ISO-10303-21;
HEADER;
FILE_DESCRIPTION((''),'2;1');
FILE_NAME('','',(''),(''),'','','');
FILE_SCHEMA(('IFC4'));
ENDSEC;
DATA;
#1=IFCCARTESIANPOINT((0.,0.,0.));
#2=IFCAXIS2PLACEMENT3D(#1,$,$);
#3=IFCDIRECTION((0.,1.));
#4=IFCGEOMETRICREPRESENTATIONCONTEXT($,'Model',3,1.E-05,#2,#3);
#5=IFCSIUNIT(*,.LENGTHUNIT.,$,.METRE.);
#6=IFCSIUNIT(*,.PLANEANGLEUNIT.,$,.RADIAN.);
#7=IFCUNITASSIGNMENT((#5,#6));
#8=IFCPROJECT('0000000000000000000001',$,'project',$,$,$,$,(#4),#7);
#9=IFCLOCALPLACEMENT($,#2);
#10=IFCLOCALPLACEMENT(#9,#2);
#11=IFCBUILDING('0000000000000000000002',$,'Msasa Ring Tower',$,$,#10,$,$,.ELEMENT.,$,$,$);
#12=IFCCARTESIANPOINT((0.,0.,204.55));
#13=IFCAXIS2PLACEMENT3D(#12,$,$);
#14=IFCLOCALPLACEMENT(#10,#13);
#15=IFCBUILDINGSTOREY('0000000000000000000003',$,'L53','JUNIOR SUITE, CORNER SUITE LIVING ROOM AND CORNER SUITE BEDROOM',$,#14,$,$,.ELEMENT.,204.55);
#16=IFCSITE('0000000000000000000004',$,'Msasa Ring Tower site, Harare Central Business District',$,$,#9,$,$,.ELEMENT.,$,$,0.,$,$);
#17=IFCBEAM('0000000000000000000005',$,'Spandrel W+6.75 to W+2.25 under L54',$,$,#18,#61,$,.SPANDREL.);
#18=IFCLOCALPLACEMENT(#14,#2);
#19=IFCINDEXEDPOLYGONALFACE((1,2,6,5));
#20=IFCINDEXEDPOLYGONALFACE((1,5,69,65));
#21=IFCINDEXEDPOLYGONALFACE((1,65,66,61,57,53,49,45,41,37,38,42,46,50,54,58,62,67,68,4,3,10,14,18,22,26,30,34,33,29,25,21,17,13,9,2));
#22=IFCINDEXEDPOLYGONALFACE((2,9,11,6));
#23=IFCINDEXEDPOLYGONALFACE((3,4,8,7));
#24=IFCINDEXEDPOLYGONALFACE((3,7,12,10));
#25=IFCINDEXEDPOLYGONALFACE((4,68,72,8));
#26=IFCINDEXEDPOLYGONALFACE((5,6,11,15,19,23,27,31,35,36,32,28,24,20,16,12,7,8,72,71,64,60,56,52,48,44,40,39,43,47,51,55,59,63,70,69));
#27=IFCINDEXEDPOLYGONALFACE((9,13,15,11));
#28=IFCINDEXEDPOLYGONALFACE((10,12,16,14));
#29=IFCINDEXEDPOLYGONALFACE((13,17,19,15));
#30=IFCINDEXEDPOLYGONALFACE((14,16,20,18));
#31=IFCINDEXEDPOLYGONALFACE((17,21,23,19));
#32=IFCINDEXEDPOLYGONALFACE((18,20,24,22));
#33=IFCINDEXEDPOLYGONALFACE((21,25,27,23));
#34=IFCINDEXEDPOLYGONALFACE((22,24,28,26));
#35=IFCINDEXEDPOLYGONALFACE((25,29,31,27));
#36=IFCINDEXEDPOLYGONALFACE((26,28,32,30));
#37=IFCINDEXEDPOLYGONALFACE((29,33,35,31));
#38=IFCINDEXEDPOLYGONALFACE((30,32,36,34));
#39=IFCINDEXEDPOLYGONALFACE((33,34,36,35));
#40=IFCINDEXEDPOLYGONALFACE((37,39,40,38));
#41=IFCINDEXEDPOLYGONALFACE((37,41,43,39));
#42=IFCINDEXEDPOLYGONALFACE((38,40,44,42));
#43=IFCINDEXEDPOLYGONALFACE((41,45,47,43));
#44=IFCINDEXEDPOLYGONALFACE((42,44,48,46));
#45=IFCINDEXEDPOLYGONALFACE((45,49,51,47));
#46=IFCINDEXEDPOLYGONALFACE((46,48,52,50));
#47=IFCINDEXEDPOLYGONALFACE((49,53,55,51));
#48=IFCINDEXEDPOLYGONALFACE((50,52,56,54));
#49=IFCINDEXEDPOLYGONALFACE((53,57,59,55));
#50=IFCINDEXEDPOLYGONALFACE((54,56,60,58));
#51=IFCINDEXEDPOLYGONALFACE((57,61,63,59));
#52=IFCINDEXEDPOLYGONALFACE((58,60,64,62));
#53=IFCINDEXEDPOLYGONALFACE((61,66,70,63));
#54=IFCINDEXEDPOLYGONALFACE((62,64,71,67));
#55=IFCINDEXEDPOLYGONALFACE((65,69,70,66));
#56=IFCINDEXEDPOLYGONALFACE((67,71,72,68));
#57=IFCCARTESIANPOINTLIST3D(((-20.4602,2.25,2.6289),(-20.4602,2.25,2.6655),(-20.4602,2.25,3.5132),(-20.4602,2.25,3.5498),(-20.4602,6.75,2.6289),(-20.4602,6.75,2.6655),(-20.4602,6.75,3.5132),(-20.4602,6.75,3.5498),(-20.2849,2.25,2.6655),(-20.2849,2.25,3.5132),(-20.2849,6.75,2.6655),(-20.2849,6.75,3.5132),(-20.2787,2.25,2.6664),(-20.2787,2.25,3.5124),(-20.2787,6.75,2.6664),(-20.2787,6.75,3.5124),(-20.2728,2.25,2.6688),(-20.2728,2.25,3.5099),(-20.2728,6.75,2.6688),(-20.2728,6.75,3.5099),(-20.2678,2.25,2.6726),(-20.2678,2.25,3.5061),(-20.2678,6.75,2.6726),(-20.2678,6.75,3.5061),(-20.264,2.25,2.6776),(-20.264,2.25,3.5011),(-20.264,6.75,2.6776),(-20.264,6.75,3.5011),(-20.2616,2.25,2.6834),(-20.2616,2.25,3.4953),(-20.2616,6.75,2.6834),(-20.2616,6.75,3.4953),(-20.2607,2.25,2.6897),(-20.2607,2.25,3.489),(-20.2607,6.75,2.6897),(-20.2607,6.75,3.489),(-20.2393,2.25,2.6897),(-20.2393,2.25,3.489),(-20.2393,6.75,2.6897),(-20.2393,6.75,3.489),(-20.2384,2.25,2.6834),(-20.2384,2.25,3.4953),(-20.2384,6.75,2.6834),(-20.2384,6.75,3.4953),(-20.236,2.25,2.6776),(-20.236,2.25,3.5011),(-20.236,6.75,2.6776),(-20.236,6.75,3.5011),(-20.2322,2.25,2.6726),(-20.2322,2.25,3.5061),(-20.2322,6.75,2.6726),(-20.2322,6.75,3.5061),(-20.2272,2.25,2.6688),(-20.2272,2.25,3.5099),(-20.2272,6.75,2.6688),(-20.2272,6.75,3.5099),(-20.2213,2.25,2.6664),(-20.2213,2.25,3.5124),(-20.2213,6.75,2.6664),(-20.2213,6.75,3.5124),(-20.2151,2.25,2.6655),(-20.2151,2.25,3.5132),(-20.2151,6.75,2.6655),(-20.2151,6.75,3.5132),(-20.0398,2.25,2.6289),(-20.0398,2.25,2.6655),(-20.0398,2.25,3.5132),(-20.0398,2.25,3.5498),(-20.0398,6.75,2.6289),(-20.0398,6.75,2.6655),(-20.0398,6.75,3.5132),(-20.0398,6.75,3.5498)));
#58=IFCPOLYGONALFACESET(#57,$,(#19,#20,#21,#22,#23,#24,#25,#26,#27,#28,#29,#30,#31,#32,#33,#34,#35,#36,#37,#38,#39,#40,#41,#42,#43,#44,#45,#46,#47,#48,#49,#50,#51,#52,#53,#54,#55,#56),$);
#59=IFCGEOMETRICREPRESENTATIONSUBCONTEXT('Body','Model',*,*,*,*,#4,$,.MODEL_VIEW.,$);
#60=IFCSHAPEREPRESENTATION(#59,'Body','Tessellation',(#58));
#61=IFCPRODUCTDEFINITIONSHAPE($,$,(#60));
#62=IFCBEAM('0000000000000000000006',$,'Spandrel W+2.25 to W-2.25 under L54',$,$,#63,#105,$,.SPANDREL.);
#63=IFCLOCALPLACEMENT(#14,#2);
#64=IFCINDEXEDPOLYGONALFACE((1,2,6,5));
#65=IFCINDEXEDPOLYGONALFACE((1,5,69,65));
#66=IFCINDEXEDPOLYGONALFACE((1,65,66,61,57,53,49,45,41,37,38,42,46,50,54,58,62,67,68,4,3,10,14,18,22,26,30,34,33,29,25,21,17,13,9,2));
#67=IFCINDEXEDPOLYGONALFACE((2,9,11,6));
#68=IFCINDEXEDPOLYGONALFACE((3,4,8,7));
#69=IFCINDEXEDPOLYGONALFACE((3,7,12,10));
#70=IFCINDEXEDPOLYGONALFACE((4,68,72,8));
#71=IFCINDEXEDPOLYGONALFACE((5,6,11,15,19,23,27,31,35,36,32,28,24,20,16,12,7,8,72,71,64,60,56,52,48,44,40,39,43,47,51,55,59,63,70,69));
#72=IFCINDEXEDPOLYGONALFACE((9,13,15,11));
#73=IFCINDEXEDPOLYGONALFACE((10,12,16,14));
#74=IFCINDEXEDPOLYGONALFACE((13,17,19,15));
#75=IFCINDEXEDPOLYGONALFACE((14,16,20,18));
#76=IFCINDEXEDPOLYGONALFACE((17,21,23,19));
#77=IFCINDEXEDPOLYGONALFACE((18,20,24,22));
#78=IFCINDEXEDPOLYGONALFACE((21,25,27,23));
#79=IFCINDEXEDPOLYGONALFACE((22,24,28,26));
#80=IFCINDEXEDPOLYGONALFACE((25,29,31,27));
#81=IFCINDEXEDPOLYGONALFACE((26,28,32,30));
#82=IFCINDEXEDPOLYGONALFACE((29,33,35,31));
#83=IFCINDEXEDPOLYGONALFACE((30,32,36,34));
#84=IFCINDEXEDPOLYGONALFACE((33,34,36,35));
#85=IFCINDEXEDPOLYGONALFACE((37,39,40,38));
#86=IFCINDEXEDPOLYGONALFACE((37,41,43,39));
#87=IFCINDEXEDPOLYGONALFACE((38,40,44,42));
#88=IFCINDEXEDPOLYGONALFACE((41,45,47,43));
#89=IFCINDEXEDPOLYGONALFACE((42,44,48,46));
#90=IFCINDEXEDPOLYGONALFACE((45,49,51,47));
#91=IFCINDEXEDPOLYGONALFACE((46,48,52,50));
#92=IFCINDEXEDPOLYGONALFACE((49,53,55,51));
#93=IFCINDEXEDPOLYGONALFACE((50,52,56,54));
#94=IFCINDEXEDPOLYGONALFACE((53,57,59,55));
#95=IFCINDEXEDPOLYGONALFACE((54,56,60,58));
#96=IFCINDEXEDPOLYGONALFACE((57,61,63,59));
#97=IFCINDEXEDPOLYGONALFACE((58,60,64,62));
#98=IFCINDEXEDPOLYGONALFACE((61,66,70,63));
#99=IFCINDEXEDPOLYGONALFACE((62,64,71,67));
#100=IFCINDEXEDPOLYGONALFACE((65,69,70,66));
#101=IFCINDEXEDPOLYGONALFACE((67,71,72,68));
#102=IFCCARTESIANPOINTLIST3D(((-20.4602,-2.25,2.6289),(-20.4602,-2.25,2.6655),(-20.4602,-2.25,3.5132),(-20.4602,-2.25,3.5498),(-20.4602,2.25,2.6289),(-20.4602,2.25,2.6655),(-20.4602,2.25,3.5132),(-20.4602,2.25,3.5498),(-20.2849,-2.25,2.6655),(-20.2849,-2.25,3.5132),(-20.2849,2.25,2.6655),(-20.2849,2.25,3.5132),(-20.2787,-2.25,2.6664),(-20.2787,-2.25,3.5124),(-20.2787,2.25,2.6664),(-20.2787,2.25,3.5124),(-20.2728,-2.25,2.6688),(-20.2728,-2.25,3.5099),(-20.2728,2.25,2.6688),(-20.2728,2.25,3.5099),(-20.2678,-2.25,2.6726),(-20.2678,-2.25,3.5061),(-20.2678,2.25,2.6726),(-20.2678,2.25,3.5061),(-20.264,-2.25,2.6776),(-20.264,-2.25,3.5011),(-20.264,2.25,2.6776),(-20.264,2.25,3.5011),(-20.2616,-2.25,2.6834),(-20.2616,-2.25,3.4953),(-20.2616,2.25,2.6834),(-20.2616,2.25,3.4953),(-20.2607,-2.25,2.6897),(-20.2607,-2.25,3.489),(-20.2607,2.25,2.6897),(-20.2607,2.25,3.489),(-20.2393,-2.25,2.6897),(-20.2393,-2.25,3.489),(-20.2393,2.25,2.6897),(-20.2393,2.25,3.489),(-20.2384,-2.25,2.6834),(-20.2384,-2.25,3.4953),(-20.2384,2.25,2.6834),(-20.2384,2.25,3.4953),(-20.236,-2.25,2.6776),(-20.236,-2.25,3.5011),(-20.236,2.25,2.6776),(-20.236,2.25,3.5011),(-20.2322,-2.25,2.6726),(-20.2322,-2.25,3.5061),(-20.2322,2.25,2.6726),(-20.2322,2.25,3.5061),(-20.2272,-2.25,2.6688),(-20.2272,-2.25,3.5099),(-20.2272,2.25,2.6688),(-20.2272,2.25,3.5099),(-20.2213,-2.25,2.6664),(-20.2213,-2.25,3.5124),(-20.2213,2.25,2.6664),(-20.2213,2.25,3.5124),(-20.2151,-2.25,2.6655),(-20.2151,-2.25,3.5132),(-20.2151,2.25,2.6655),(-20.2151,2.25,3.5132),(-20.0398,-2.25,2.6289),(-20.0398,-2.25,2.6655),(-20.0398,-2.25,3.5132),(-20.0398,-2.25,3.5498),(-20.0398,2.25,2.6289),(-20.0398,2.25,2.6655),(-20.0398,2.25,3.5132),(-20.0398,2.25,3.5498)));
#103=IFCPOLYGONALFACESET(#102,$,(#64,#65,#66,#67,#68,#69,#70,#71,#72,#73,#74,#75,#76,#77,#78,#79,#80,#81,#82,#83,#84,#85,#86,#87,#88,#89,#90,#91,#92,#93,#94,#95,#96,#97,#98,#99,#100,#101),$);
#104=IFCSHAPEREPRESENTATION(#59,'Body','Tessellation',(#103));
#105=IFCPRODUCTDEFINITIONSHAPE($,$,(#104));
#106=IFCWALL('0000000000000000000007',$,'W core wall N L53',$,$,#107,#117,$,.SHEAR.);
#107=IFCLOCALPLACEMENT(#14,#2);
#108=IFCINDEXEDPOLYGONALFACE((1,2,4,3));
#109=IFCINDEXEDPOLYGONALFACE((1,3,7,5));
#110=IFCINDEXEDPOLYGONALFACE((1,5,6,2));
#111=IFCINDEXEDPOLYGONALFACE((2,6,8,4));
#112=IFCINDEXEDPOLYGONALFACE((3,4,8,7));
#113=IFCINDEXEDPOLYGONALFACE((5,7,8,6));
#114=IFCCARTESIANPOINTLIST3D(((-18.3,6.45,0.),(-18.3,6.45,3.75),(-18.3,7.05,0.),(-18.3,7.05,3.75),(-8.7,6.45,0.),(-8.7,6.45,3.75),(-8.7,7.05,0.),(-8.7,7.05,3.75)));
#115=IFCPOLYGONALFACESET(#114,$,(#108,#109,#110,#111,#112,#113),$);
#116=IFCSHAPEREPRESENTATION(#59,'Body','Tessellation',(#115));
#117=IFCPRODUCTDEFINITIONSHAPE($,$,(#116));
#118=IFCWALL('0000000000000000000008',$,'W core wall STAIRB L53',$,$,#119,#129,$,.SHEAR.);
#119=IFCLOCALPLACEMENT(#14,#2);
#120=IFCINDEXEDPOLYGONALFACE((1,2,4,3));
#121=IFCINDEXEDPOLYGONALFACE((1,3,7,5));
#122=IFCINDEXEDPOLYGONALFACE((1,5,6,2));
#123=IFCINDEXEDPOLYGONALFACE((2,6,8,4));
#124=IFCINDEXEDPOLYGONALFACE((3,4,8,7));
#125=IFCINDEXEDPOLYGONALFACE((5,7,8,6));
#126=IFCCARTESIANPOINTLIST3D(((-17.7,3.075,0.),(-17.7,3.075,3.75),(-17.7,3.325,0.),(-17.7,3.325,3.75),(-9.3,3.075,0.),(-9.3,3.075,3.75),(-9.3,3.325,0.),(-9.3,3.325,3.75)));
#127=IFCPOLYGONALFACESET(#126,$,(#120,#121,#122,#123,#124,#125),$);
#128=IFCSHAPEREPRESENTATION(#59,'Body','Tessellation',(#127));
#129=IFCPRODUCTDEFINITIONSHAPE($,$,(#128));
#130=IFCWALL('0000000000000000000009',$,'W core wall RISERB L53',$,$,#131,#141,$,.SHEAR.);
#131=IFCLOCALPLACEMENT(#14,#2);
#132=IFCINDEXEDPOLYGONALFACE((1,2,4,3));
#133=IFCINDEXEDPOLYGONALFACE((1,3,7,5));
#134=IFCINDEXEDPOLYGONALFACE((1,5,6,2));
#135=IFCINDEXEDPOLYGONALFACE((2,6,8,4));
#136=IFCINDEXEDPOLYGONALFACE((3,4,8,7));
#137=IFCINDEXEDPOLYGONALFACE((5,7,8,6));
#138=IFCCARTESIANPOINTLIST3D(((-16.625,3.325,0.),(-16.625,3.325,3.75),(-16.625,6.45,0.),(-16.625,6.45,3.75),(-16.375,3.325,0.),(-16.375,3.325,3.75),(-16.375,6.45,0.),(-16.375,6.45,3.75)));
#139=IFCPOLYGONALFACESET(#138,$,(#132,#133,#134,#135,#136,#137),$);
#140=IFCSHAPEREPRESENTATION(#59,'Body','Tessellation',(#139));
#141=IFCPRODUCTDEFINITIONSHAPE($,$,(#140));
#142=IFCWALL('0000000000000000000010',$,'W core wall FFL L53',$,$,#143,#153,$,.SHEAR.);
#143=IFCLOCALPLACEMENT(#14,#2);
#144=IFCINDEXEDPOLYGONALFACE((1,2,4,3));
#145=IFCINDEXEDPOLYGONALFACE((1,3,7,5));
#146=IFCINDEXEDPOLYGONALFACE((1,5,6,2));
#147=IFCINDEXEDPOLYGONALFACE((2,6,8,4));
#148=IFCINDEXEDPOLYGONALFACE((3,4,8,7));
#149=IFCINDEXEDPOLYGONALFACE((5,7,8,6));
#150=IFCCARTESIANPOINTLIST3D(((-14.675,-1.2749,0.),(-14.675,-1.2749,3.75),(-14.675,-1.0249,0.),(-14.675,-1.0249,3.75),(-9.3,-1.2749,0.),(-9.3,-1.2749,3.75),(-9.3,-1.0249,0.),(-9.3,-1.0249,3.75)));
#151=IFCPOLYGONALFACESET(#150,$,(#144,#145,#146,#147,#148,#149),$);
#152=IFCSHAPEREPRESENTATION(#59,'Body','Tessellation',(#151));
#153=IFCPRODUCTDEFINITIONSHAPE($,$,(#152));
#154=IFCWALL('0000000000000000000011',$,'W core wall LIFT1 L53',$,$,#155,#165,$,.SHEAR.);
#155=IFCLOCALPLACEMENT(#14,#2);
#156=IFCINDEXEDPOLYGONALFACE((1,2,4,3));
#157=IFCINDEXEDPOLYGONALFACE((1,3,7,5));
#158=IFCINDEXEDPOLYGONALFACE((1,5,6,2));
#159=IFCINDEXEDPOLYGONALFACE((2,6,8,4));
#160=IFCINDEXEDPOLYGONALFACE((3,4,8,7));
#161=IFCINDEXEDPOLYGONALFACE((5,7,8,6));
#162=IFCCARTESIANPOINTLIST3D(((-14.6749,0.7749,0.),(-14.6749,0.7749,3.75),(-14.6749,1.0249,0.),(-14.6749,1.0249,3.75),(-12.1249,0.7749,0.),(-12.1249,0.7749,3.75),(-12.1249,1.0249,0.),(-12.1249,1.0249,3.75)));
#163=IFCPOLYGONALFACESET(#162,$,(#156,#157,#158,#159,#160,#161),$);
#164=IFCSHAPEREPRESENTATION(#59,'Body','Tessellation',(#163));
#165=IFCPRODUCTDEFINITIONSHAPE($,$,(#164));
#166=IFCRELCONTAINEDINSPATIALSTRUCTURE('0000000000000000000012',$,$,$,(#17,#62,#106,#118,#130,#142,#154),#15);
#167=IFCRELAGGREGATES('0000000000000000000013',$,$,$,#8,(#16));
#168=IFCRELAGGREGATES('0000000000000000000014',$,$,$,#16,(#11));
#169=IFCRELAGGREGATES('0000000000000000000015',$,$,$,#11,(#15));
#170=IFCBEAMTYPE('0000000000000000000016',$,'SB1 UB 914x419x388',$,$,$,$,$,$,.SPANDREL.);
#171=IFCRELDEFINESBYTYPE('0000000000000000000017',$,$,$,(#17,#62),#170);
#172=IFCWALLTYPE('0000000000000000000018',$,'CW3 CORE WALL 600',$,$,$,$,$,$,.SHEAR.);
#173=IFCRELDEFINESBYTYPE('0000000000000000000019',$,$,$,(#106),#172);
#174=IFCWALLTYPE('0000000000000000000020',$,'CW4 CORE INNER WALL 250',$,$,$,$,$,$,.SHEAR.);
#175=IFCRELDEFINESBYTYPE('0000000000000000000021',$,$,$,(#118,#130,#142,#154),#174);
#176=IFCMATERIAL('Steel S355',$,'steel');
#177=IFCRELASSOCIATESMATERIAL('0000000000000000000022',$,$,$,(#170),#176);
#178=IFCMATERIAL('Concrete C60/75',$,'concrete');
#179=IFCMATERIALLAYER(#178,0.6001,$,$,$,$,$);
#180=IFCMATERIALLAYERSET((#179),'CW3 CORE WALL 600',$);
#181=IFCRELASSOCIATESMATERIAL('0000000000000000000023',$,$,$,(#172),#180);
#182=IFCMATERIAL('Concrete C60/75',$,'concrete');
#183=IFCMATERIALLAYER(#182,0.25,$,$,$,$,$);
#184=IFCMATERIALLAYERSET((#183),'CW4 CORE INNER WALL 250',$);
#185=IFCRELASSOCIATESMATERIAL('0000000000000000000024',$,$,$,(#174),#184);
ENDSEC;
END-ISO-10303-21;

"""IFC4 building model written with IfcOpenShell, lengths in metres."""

from ifc_helpers import new_model, si_unit, direction, frame, frame_2d, origin, origin_2d, place, context, subcontext, project, spatial, rectangle, i_section, extrude, material, layer, layer_set, material_profile, profile_set, type_object, element, save


model = new_model("IFC4")

# Units and contexts
model_context = context("Model", 3, precision=1e-05, world=origin(), true_north=direction((0.0, 1.0)))
body_context = subcontext(model_context, "Body", "Model", "MODEL_VIEW")
ifc_project = project(units=[si_unit("LENGTHUNIT", "METRE"), si_unit("PLANEANGLEUNIT", "RADIAN")], contexts=[model_context])

# Site, building, storey
site_placement = place(None, origin())
site = spatial("IfcSite", under=ifc_project, at=site_placement, Name="Msasa Ring Tower site, Harare Central Business District", CompositionType="ELEMENT", RefElevation=0.0)
building_placement = place(site_placement, origin())
building = spatial("IfcBuilding", under=site, at=building_placement, Name="Msasa Ring Tower", CompositionType="ELEMENT")
storey_placement = place(building_placement, frame((0.0, 0.0, 204.55)))
storey = spatial("IfcBuildingStorey", under=building, at=storey_placement, Name="L53", Description="JUNIOR SUITE, CORNER SUITE LIVING ROOM AND CORNER SUITE BEDROOM", CompositionType="ELEMENT", Elevation=204.55)

# Beams
ifc_material_1 = material(Name="Steel S355", Category="steel")
ifc_material_profile_1 = material_profile(ifc_material_1, i_section(OverallWidth=0.4204, OverallDepth=0.9209, WebThickness=0.0215, FlangeThickness=0.0366, FilletRadius=0.0242, at=origin_2d()), Name="UB 914x419x388")
ifc_profile_set_1 = profile_set([ifc_material_profile_1], Name="Steel S355")
beam_type_1 = type_object("IfcBeamType", Name="SB1 UB 914x419x388", PredefinedType="SPANDREL", material=ifc_profile_set_1)
for number, where, z_axis, x_axis, name in (
    (1, (-20.25, 6.75, 3.0894), (0.0, -1.0, 0.0), (1.0, 0.0, 0.0), "Spandrel W+6.75 to W+2.25 under L54"),
    (2, (-20.25, 2.25, 3.0894), (0.0, -1.0, 0.0), (1.0, 0.0, 0.0), "Spandrel W+2.25 to W-2.25 under L54"),
):
    element("IfcBeam", number, at=place(storey_placement, frame(where, z_axis=z_axis, x_axis=x_axis)), inside=storey, type_object=beam_type_1, Name=name, PredefinedType="SPANDREL", context=body_context, shape_type="SweptSolid", body=[
        extrude(i_section(OverallWidth=0.4204, OverallDepth=0.9209, WebThickness=0.0215, FlangeThickness=0.0366, FilletRadius=0.0242, at=origin_2d()), origin(), (0.0, 0.0, 1.0), 4.5),
    ])

# Walls
ifc_material_2 = material(Name="Concrete C60/75", Category="concrete")
ifc_layer_1 = layer(ifc_material_2, 0.6001)
ifc_layer_set_1 = layer_set([ifc_layer_1], Name="CW3 CORE WALL 600")
wall_type_1 = type_object("IfcWallType", Name="CW3 CORE WALL 600", PredefinedType="SHEAR", material=ifc_layer_set_1)
wall_1_placement = place(storey_placement, frame((-8.7, 6.75, 0.0), z_axis=(0.0, 0.0, 1.0), x_axis=(-1.0, 0.0, 0.0)))
element("IfcWall", 3, at=wall_1_placement, inside=storey, type_object=wall_type_1, Name="W core wall N L53", PredefinedType="SHEAR", context=body_context, shape_type="SweptSolid", body=[
    extrude(rectangle(XDim=9.6001, YDim=0.6001, at=frame_2d((4.8, 0.0))), origin(), (0.0, 0.0, 1.0), 3.75),
])
ifc_material_3 = material(Name="Concrete C60/75", Category="concrete")
ifc_layer_2 = layer(ifc_material_3, 0.25)
ifc_layer_set_2 = layer_set([ifc_layer_2], Name="CW4 CORE INNER WALL 250")
wall_type_2 = type_object("IfcWallType", Name="CW4 CORE INNER WALL 250", PredefinedType="SHEAR", material=ifc_layer_set_2)
wall_2_placement = place(storey_placement, frame((-9.3, 3.2, 0.0), z_axis=(0.0, 0.0, 1.0), x_axis=(-1.0, 0.0, 0.0)))
element("IfcWall", 4, at=wall_2_placement, inside=storey, type_object=wall_type_2, Name="W core wall STAIRB L53", PredefinedType="SHEAR", context=body_context, shape_type="SweptSolid", body=[
    extrude(rectangle(XDim=8.3999, YDim=0.25, at=frame_2d((4.2, 0.0))), origin(), (0.0, 0.0, 1.0), 3.75),
])
wall_3_placement = place(storey_placement, frame((-16.5, 3.325, 0.0), z_axis=(0.0, 0.0, 1.0), x_axis=(0.0, 1.0, 0.0)))
element("IfcWall", 5, at=wall_3_placement, inside=storey, type_object=wall_type_2, Name="W core wall RISERB L53", PredefinedType="SHEAR", context=body_context, shape_type="SweptSolid", body=[
    extrude(rectangle(XDim=3.125, YDim=0.25, at=frame_2d((1.5625, 0.0))), origin(), (0.0, 0.0, 1.0), 3.75),
])
wall_4_placement = place(storey_placement, frame((-9.3, -1.1499, 0.0), z_axis=(0.0, 0.0, 1.0), x_axis=(-1.0, 0.0, 0.0)))
element("IfcWall", 6, at=wall_4_placement, inside=storey, type_object=wall_type_2, Name="W core wall FFL L53", PredefinedType="SHEAR", context=body_context, shape_type="SweptSolid", body=[
    extrude(rectangle(XDim=5.375, YDim=0.25, at=frame_2d((2.6875, 0.0))), origin(), (0.0, 0.0, 1.0), 3.75),
])
wall_5_placement = place(storey_placement, frame((-12.125, 0.8999, 0.0), z_axis=(0.0, 0.0, 1.0), x_axis=(-1.0, 0.0, 0.0)))
element("IfcWall", 7, at=wall_5_placement, inside=storey, type_object=wall_type_2, Name="W core wall LIFT1 L53", PredefinedType="SHEAR", context=body_context, shape_type="SweptSolid", body=[
    extrude(rectangle(XDim=2.55, YDim=0.25, at=frame_2d((1.2749, 0.0))), origin(), (0.0, 0.0, 1.0), 3.75),
])

save(model, "model.ifc")
